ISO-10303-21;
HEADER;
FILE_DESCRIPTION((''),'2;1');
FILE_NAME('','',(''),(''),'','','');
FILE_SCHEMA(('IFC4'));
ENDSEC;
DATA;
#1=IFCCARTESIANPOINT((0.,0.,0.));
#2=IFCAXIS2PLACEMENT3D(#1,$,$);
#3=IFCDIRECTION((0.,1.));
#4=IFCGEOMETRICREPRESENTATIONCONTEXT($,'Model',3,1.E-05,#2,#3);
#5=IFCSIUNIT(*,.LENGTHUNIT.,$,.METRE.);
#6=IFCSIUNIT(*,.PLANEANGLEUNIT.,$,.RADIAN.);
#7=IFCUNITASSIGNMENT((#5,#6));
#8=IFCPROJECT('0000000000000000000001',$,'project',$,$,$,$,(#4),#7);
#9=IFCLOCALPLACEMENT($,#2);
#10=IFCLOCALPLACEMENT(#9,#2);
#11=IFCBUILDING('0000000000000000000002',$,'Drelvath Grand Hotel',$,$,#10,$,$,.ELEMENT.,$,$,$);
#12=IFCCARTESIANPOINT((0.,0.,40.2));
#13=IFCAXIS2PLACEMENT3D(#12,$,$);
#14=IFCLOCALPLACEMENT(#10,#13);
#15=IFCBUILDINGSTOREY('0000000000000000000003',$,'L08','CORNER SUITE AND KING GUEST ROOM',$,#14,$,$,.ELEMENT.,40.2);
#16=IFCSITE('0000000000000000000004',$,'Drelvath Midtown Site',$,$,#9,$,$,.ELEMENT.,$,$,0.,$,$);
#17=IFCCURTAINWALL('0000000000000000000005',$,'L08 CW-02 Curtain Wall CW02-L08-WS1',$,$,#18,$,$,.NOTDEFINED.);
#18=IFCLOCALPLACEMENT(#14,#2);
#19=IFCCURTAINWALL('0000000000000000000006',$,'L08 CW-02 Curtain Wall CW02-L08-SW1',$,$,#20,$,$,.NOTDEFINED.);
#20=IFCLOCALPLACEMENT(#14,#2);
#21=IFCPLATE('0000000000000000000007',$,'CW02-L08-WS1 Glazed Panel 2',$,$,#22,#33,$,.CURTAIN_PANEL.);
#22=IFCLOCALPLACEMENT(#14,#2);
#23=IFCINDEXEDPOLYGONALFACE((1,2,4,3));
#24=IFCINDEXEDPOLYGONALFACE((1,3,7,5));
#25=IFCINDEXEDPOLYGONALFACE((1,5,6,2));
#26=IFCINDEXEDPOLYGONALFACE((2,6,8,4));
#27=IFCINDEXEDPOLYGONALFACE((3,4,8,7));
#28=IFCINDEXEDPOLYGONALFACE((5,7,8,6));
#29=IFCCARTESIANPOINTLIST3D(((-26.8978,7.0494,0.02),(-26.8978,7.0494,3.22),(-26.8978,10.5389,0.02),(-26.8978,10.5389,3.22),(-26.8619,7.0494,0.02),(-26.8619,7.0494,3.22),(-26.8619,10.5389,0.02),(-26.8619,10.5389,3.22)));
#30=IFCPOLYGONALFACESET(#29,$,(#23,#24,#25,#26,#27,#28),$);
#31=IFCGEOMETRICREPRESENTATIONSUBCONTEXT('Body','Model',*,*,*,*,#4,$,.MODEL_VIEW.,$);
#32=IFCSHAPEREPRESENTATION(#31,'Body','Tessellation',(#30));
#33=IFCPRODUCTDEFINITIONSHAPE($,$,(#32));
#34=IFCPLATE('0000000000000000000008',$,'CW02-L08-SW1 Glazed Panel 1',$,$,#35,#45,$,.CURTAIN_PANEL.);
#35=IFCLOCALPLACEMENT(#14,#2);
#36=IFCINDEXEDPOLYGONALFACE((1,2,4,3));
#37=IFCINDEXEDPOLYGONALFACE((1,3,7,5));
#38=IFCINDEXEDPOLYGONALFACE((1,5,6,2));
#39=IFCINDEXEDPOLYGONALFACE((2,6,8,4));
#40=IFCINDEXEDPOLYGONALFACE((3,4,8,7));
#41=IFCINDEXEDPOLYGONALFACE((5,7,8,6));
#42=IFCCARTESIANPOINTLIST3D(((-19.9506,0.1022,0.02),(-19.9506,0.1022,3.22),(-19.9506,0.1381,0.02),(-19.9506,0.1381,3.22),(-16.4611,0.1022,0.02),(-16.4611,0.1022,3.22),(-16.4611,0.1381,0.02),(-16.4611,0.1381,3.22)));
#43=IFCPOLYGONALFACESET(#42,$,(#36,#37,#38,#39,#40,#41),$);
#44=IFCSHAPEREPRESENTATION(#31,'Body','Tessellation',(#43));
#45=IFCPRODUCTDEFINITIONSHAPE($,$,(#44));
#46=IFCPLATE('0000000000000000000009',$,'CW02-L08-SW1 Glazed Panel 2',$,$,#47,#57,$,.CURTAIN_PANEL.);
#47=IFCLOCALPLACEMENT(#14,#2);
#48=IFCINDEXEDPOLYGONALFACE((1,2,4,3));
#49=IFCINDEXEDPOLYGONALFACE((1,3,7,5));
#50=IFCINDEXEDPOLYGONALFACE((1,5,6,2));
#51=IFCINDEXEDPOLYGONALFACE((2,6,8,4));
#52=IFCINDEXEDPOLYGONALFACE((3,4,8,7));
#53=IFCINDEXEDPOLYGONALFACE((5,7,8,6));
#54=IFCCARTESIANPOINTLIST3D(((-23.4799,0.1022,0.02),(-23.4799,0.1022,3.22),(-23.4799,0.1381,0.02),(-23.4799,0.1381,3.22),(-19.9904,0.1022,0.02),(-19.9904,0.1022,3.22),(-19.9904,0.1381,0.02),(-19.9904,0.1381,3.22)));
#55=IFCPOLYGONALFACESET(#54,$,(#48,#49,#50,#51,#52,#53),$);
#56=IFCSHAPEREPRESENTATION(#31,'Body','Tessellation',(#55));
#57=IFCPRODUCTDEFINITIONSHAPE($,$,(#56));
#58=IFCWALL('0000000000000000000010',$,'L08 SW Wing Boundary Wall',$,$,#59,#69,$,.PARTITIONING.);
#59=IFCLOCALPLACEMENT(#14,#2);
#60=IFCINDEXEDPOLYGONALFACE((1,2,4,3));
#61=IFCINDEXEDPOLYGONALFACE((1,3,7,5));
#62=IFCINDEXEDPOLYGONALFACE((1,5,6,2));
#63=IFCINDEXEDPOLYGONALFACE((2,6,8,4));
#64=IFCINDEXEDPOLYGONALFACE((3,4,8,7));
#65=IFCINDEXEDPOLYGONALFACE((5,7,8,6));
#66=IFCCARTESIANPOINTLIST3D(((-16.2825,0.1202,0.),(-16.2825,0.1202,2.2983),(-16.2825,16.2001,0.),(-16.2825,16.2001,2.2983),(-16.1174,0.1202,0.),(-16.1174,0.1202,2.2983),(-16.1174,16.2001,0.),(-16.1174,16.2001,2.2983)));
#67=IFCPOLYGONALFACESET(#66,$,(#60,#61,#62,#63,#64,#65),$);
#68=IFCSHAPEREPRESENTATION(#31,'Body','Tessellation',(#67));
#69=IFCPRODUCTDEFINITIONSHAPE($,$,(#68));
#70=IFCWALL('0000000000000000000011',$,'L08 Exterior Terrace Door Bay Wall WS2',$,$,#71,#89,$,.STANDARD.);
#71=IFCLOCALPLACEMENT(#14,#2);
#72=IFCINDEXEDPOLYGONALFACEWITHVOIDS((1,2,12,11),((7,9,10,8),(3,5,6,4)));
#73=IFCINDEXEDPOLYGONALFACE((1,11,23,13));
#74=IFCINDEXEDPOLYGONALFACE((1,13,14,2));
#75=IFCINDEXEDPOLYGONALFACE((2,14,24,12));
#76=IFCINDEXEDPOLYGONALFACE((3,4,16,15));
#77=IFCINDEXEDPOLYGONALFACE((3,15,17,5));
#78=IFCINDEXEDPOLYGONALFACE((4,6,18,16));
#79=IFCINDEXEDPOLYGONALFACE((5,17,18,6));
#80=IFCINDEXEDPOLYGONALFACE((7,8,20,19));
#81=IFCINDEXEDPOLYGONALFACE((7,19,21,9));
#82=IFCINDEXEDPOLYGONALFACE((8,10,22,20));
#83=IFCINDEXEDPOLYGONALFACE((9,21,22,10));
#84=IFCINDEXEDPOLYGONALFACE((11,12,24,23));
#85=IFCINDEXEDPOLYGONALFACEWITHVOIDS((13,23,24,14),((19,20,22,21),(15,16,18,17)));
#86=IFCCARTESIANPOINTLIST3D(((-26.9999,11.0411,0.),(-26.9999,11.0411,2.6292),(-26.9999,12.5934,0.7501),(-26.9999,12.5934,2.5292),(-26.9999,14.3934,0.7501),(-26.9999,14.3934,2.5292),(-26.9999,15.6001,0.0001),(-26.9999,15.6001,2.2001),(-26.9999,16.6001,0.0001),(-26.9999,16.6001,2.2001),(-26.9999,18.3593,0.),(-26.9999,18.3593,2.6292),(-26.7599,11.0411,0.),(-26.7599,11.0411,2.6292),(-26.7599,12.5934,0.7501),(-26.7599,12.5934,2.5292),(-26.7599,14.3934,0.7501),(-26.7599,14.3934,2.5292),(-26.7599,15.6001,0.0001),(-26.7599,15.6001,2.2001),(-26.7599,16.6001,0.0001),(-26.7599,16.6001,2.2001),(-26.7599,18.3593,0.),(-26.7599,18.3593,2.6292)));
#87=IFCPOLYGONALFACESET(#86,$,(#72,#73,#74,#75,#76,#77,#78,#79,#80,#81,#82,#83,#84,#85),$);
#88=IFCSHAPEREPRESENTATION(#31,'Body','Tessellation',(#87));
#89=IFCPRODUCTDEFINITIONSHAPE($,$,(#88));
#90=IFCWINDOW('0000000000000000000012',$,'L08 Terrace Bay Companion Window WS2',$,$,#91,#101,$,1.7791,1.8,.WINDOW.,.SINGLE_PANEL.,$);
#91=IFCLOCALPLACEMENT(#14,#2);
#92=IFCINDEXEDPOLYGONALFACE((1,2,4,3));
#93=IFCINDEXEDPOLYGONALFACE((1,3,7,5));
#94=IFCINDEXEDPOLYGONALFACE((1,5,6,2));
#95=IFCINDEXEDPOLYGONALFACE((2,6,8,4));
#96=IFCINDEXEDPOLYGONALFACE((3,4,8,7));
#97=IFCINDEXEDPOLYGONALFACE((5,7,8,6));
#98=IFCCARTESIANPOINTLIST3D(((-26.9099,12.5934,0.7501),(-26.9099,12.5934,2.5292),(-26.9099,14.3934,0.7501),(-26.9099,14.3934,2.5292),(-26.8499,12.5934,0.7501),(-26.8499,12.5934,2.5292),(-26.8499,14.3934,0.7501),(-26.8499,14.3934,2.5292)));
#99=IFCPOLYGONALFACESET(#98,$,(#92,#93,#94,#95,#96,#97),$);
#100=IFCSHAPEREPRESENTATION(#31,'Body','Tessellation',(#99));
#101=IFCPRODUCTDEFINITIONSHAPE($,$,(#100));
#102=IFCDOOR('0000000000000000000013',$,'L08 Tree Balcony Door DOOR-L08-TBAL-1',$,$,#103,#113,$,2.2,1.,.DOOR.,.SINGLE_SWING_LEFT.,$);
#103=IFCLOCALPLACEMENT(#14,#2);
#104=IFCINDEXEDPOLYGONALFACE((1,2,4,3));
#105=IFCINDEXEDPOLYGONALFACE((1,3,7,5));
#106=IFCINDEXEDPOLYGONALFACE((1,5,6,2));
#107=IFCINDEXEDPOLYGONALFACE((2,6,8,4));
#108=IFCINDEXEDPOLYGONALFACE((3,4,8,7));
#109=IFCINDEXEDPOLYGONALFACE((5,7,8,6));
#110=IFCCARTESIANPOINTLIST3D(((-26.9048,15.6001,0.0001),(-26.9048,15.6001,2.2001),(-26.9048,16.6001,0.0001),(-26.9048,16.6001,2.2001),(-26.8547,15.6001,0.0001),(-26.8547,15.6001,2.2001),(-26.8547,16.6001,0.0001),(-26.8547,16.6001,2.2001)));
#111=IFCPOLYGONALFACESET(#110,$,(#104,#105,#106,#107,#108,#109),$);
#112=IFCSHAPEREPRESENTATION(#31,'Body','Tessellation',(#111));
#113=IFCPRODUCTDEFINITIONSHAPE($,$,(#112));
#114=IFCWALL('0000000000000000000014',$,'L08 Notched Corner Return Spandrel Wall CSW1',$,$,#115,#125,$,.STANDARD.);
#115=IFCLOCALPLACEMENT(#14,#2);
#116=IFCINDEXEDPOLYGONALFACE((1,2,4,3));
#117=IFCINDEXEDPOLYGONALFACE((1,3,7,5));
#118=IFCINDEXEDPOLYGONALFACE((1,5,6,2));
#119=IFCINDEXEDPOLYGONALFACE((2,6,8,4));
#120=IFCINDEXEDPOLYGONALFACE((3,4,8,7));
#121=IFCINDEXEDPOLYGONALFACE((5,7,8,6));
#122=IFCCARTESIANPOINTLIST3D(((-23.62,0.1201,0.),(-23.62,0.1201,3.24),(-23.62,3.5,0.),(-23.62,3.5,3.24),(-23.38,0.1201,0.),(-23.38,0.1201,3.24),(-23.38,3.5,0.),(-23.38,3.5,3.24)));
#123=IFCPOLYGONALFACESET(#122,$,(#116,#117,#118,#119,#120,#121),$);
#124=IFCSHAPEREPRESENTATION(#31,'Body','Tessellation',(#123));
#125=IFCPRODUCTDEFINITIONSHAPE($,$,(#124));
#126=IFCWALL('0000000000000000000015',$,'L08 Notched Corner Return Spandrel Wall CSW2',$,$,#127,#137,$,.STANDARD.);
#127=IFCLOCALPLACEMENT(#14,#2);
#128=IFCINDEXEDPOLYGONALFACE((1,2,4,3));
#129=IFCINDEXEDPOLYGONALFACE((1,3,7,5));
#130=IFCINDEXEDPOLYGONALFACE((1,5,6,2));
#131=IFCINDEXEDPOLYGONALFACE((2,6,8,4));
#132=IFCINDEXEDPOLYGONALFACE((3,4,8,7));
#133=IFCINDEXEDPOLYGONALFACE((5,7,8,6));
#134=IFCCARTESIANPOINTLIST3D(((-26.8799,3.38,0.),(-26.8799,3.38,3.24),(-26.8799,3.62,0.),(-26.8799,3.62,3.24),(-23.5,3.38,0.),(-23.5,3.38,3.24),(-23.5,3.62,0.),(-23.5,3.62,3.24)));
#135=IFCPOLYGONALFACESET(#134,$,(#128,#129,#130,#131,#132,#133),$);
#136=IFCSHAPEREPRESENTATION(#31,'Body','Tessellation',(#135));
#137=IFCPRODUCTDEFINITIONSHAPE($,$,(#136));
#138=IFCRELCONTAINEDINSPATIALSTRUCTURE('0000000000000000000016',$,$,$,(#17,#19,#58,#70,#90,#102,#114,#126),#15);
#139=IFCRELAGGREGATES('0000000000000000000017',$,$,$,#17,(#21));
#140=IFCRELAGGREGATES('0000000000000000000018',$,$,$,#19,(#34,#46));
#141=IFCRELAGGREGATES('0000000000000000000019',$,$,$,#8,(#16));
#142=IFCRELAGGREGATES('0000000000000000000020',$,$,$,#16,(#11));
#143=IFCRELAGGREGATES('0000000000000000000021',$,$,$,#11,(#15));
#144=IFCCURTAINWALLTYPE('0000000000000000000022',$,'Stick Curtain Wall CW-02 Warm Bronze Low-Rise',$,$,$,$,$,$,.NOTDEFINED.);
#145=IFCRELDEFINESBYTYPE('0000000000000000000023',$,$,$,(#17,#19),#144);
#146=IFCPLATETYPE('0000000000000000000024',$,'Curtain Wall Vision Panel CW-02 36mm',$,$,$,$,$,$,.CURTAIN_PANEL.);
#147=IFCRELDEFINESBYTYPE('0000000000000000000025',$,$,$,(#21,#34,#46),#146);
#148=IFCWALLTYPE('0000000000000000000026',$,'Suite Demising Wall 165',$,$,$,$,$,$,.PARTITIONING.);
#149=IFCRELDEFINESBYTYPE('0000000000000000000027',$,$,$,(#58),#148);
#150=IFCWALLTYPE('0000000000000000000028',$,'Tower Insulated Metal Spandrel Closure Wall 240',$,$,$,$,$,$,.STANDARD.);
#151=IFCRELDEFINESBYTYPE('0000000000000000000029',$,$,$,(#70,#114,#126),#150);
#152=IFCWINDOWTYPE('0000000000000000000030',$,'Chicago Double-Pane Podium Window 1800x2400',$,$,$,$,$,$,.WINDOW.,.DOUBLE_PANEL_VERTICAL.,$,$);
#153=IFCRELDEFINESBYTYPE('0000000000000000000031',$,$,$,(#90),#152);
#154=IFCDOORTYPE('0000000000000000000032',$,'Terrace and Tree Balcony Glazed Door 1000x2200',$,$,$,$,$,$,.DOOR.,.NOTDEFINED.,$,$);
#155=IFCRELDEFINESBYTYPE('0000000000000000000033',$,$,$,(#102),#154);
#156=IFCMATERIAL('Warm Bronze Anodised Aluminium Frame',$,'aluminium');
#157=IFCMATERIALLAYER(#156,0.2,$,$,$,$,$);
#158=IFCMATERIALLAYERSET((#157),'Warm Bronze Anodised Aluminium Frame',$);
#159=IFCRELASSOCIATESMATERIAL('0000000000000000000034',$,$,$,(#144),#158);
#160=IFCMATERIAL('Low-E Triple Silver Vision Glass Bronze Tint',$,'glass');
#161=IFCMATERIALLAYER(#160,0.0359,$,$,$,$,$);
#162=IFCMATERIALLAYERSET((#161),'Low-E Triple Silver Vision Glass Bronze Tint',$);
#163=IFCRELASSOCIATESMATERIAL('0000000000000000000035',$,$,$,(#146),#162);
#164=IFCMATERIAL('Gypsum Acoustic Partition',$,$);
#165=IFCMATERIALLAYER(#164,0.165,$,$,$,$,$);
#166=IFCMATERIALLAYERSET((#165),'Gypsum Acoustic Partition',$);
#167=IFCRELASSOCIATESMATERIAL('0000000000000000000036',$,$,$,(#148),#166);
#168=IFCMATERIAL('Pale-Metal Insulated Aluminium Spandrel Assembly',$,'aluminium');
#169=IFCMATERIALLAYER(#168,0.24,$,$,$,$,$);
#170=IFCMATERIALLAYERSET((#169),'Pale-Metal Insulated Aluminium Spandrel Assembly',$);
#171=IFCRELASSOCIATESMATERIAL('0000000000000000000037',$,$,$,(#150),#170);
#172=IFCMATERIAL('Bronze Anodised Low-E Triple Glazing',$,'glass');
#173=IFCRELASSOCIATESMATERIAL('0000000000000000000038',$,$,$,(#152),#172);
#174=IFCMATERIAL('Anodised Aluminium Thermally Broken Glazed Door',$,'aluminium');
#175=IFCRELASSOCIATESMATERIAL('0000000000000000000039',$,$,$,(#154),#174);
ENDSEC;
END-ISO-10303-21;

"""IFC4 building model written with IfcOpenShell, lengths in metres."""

from ifc_helpers import new_model, si_unit, direction, frame, frame_2d, origin, origin_2d, place, context, subcontext, project, spatial, rectangle, extrude, material, layer, layer_set, type_object, element, fill, aggregate, save


model = new_model("IFC4")

# Units and contexts
model_context = context("Model", 3, precision=1e-05, world=origin(), true_north=direction((0.0, 1.0)))
body_context = subcontext(model_context, "Body", "Model", "MODEL_VIEW")
ifc_project = project(units=[si_unit("LENGTHUNIT", "METRE"), si_unit("PLANEANGLEUNIT", "RADIAN")], contexts=[model_context])

# Site, building, storey
site_placement = place(None, origin())
site = spatial("IfcSite", under=ifc_project, at=site_placement, Name="Drelvath Midtown Site", CompositionType="ELEMENT", RefElevation=0.0)
building_placement = place(site_placement, origin())
building = spatial("IfcBuilding", under=site, at=building_placement, Name="Drelvath Grand Hotel", CompositionType="ELEMENT")
storey_placement = place(building_placement, frame((0.0, 0.0, 40.2)))
storey = spatial("IfcBuildingStorey", under=building, at=storey_placement, Name="L08", Description="CORNER SUITE AND KING GUEST ROOM", CompositionType="ELEMENT", Elevation=40.2)

# Curtain walls
ifc_material_1 = material(Name="Warm Bronze Anodised Aluminium Frame", Category="aluminium")
ifc_layer_1 = layer(ifc_material_1, 0.2)
ifc_layer_set_1 = layer_set([ifc_layer_1], Name="Warm Bronze Anodised Aluminium Frame")
curtain_wall_type = type_object("IfcCurtainWallType", Name="Stick Curtain Wall CW-02 Warm Bronze Low-Rise", PredefinedType="NOTDEFINED", material=ifc_layer_set_1)
curtain_wall_1_placement = place(storey_placement, origin())
curtain_wall_1 = element("IfcCurtainWall", 1, at=curtain_wall_1_placement, inside=storey, type_object=curtain_wall_type, Name="L08 CW-02 Curtain Wall CW02-L08-WS1", PredefinedType="NOTDEFINED")
curtain_wall_2_placement = place(storey_placement, origin())
curtain_wall_2 = element("IfcCurtainWall", 2, at=curtain_wall_2_placement, inside=storey, type_object=curtain_wall_type, Name="L08 CW-02 Curtain Wall CW02-L08-SW1", PredefinedType="NOTDEFINED")

# Plates
ifc_material_2 = material(Name="Low-E Triple Silver Vision Glass Bronze Tint", Category="glass")
ifc_layer_2 = layer(ifc_material_2, 0.0359)
ifc_layer_set_2 = layer_set([ifc_layer_2], Name="Low-E Triple Silver Vision Glass Bronze Tint")
plate_type = type_object("IfcPlateType", Name="Curtain Wall Vision Panel CW-02 36mm", PredefinedType="CURTAIN_PANEL", material=ifc_layer_set_2)
plate_1_placement = place(storey_placement, frame((-26.8799, 8.7942, 0.02), z_axis=(0.0, 0.0, 1.0), x_axis=(0.0, 1.0, 0.0)))
plate_1 = element("IfcPlate", 3, at=plate_1_placement, type_object=plate_type, Name="CW02-L08-WS1 Glazed Panel 2", PredefinedType="CURTAIN_PANEL", context=body_context, shape_type="SweptSolid", body=[
    extrude(rectangle(XDim=3.4895, YDim=0.0359, at=origin_2d()), origin(), (0.0, 0.0, 1.0), 3.2),
])
aggregate(curtain_wall_1, [plate_1])
plate_2_placement = place(storey_placement, frame((-18.2058, 0.1201, 0.02), z_axis=(0.0, 0.0, 1.0), x_axis=(-1.0, 0.0, 0.0)))
plate_2 = element("IfcPlate", 4, at=plate_2_placement, type_object=plate_type, Name="CW02-L08-SW1 Glazed Panel 1", PredefinedType="CURTAIN_PANEL", context=body_context, shape_type="SweptSolid", body=[
    extrude(rectangle(XDim=3.4895, YDim=0.0359, at=origin_2d()), origin(), (0.0, 0.0, 1.0), 3.2),
])
plate_3_placement = place(storey_placement, frame((-21.7351, 0.1201, 0.02), z_axis=(0.0, 0.0, 1.0), x_axis=(-1.0, 0.0, 0.0)))
plate_3 = element("IfcPlate", 5, at=plate_3_placement, type_object=plate_type, Name="CW02-L08-SW1 Glazed Panel 2", PredefinedType="CURTAIN_PANEL", context=body_context, shape_type="SweptSolid", body=[
    extrude(rectangle(XDim=3.4895, YDim=0.0359, at=origin_2d()), origin(), (0.0, 0.0, 1.0), 3.2),
])
aggregate(curtain_wall_2, [plate_2, plate_3])

# Wall
ifc_material_3 = material(Name="Gypsum Acoustic Partition")
ifc_layer_3 = layer(ifc_material_3, 0.165)
ifc_layer_set_3 = layer_set([ifc_layer_3], Name="Gypsum Acoustic Partition")
wall_type_1 = type_object("IfcWallType", Name="Suite Demising Wall 165", PredefinedType="PARTITIONING", material=ifc_layer_set_3)
wall_1_placement = place(storey_placement, frame((-16.2, 0.1201, 0.0), z_axis=(0.0, 0.0, 1.0), x_axis=(0.0, 1.0, 0.0)))
element("IfcWall", 6, at=wall_1_placement, inside=storey, type_object=wall_type_1, Name="L08 SW Wing Boundary Wall", PredefinedType="PARTITIONING", context=body_context, shape_type="SweptSolid", body=[
    extrude(rectangle(XDim=16.0798, YDim=0.165, at=frame_2d((8.04, 0.0))), origin(), (0.0, 0.0, 1.0), 2.2983),
])

# Wall, openings, window, door
ifc_material_4 = material(Name="Pale-Metal Insulated Aluminium Spandrel Assembly", Category="aluminium")
ifc_layer_4 = layer(ifc_material_4, 0.24)
ifc_layer_set_4 = layer_set([ifc_layer_4], Name="Pale-Metal Insulated Aluminium Spandrel Assembly")
wall_type_2 = type_object("IfcWallType", Name="Tower Insulated Metal Spandrel Closure Wall 240", PredefinedType="STANDARD", material=ifc_layer_set_4)
wall_2_placement = place(storey_placement, frame((-26.8799, 11.041, 0.0), z_axis=(0.0, 0.0, 1.0), x_axis=(0.0, 1.0, 0.0)))
wall_2 = element("IfcWall", 7, at=wall_2_placement, inside=storey, type_object=wall_type_2, Name="L08 Exterior Terrace Door Bay Wall WS2", PredefinedType="STANDARD", context=body_context, shape_type="SweptSolid", body=[
    extrude(rectangle(XDim=7.3181, YDim=0.24, at=frame_2d((3.6592, 0.0))), origin(), (0.0, 0.0, 1.0), 2.6292),
])
opening_1_placement = place(wall_2_placement, frame((4.5591, 0.0, 0.0)))
opening_1 = element("IfcOpeningElement", 8, at=opening_1_placement, cuts=wall_2, PredefinedType="OPENING", context=body_context, shape_type="SweptSolid", body=[
    extrude(rectangle(XDim=1.0, YDim=2.2, at=frame_2d((0.5, 1.1001))), frame((0.0, 0.1299, 0.0), z_axis=(0.0, -1.0, 0.0), x_axis=(1.0, 0.0, 0.0)), (0.0, 0.0, 1.0), 0.26),
])
opening_2_placement = place(wall_2_placement, frame((1.5525, 0.0, 0.75)))
opening_2 = element("IfcOpeningElement", 9, at=opening_2_placement, cuts=wall_2, PredefinedType="OPENING", context=body_context, shape_type="SweptSolid", body=[
    extrude(rectangle(XDim=1.8, YDim=1.7791, at=frame_2d((0.8999, 0.8896))), frame((0.0, 0.1299, 0.0), z_axis=(0.0, -1.0, 0.0), x_axis=(1.0, 0.0, 0.0)), (0.0, 0.0, 1.0), 0.26),
])
ifc_material_5 = material(Name="Bronze Anodised Low-E Triple Glazing", Category="glass")
window_type = type_object("IfcWindowType", Name="Chicago Double-Pane Podium Window 1800x2400", PartitioningType="DOUBLE_PANEL_VERTICAL", PredefinedType="WINDOW", material=ifc_material_5)
window_placement = place(opening_2_placement, origin())
window = element("IfcWindow", 10, at=window_placement, inside=storey, type_object=window_type, Name="L08 Terrace Bay Companion Window WS2", OverallHeight=1.7791, OverallWidth=1.8, PartitioningType="SINGLE_PANEL", PredefinedType="WINDOW", context=body_context, shape_type="SweptSolid", body=[
    extrude(rectangle(XDim=1.8, YDim=1.7791, at=frame_2d((0.8999, 0.8896))), frame((0.0, 0.03, 0.0), z_axis=(0.0, -1.0, 0.0), x_axis=(1.0, 0.0, 0.0)), (0.0, 0.0, 1.0), 0.0601),
])
fill(opening_2, window)
ifc_material_6 = material(Name="Anodised Aluminium Thermally Broken Glazed Door", Category="aluminium")
door_type = type_object("IfcDoorType", Name="Terrace and Tree Balcony Glazed Door 1000x2200", OperationType="NOTDEFINED", PredefinedType="DOOR", material=ifc_material_6)
door_placement = place(opening_1_placement, origin())
door = element("IfcDoor", 11, at=door_placement, inside=storey, type_object=door_type, Name="L08 Tree Balcony Door DOOR-L08-TBAL-1", OperationType="SINGLE_SWING_LEFT", OverallHeight=2.2, OverallWidth=1.0, PredefinedType="DOOR", context=body_context, shape_type="SweptSolid", body=[
    extrude(rectangle(XDim=1.0, YDim=2.2, at=frame_2d((0.5, 1.1001))), frame((0.0, 0.0249, 0.0), z_axis=(0.0, -1.0, 0.0), x_axis=(1.0, 0.0, 0.0)), (0.0, 0.0, 1.0), 0.05),
])
fill(opening_1, door)

# Walls
for number, where, z_axis, x_axis, name in (
    (12, (-23.5, 0.1201, 0.0), (0.0, 0.0, 1.0), (0.0, 1.0, 0.0), "L08 Notched Corner Return Spandrel Wall CSW1"),
    (13, (-23.5, 3.5, 0.0), (0.0, 0.0, 1.0), (-1.0, 0.0, 0.0), "L08 Notched Corner Return Spandrel Wall CSW2"),
):
    element("IfcWall", number, at=place(storey_placement, frame(where, z_axis=z_axis, x_axis=x_axis)), inside=storey, type_object=wall_type_2, Name=name, PredefinedType="STANDARD", context=body_context, shape_type="SweptSolid", body=[
        extrude(rectangle(XDim=3.3799, YDim=0.24, at=frame_2d((1.6899, 0.0))), origin(), (0.0, 0.0, 1.0), 3.24),
    ])

save(model, "model.ifc")
